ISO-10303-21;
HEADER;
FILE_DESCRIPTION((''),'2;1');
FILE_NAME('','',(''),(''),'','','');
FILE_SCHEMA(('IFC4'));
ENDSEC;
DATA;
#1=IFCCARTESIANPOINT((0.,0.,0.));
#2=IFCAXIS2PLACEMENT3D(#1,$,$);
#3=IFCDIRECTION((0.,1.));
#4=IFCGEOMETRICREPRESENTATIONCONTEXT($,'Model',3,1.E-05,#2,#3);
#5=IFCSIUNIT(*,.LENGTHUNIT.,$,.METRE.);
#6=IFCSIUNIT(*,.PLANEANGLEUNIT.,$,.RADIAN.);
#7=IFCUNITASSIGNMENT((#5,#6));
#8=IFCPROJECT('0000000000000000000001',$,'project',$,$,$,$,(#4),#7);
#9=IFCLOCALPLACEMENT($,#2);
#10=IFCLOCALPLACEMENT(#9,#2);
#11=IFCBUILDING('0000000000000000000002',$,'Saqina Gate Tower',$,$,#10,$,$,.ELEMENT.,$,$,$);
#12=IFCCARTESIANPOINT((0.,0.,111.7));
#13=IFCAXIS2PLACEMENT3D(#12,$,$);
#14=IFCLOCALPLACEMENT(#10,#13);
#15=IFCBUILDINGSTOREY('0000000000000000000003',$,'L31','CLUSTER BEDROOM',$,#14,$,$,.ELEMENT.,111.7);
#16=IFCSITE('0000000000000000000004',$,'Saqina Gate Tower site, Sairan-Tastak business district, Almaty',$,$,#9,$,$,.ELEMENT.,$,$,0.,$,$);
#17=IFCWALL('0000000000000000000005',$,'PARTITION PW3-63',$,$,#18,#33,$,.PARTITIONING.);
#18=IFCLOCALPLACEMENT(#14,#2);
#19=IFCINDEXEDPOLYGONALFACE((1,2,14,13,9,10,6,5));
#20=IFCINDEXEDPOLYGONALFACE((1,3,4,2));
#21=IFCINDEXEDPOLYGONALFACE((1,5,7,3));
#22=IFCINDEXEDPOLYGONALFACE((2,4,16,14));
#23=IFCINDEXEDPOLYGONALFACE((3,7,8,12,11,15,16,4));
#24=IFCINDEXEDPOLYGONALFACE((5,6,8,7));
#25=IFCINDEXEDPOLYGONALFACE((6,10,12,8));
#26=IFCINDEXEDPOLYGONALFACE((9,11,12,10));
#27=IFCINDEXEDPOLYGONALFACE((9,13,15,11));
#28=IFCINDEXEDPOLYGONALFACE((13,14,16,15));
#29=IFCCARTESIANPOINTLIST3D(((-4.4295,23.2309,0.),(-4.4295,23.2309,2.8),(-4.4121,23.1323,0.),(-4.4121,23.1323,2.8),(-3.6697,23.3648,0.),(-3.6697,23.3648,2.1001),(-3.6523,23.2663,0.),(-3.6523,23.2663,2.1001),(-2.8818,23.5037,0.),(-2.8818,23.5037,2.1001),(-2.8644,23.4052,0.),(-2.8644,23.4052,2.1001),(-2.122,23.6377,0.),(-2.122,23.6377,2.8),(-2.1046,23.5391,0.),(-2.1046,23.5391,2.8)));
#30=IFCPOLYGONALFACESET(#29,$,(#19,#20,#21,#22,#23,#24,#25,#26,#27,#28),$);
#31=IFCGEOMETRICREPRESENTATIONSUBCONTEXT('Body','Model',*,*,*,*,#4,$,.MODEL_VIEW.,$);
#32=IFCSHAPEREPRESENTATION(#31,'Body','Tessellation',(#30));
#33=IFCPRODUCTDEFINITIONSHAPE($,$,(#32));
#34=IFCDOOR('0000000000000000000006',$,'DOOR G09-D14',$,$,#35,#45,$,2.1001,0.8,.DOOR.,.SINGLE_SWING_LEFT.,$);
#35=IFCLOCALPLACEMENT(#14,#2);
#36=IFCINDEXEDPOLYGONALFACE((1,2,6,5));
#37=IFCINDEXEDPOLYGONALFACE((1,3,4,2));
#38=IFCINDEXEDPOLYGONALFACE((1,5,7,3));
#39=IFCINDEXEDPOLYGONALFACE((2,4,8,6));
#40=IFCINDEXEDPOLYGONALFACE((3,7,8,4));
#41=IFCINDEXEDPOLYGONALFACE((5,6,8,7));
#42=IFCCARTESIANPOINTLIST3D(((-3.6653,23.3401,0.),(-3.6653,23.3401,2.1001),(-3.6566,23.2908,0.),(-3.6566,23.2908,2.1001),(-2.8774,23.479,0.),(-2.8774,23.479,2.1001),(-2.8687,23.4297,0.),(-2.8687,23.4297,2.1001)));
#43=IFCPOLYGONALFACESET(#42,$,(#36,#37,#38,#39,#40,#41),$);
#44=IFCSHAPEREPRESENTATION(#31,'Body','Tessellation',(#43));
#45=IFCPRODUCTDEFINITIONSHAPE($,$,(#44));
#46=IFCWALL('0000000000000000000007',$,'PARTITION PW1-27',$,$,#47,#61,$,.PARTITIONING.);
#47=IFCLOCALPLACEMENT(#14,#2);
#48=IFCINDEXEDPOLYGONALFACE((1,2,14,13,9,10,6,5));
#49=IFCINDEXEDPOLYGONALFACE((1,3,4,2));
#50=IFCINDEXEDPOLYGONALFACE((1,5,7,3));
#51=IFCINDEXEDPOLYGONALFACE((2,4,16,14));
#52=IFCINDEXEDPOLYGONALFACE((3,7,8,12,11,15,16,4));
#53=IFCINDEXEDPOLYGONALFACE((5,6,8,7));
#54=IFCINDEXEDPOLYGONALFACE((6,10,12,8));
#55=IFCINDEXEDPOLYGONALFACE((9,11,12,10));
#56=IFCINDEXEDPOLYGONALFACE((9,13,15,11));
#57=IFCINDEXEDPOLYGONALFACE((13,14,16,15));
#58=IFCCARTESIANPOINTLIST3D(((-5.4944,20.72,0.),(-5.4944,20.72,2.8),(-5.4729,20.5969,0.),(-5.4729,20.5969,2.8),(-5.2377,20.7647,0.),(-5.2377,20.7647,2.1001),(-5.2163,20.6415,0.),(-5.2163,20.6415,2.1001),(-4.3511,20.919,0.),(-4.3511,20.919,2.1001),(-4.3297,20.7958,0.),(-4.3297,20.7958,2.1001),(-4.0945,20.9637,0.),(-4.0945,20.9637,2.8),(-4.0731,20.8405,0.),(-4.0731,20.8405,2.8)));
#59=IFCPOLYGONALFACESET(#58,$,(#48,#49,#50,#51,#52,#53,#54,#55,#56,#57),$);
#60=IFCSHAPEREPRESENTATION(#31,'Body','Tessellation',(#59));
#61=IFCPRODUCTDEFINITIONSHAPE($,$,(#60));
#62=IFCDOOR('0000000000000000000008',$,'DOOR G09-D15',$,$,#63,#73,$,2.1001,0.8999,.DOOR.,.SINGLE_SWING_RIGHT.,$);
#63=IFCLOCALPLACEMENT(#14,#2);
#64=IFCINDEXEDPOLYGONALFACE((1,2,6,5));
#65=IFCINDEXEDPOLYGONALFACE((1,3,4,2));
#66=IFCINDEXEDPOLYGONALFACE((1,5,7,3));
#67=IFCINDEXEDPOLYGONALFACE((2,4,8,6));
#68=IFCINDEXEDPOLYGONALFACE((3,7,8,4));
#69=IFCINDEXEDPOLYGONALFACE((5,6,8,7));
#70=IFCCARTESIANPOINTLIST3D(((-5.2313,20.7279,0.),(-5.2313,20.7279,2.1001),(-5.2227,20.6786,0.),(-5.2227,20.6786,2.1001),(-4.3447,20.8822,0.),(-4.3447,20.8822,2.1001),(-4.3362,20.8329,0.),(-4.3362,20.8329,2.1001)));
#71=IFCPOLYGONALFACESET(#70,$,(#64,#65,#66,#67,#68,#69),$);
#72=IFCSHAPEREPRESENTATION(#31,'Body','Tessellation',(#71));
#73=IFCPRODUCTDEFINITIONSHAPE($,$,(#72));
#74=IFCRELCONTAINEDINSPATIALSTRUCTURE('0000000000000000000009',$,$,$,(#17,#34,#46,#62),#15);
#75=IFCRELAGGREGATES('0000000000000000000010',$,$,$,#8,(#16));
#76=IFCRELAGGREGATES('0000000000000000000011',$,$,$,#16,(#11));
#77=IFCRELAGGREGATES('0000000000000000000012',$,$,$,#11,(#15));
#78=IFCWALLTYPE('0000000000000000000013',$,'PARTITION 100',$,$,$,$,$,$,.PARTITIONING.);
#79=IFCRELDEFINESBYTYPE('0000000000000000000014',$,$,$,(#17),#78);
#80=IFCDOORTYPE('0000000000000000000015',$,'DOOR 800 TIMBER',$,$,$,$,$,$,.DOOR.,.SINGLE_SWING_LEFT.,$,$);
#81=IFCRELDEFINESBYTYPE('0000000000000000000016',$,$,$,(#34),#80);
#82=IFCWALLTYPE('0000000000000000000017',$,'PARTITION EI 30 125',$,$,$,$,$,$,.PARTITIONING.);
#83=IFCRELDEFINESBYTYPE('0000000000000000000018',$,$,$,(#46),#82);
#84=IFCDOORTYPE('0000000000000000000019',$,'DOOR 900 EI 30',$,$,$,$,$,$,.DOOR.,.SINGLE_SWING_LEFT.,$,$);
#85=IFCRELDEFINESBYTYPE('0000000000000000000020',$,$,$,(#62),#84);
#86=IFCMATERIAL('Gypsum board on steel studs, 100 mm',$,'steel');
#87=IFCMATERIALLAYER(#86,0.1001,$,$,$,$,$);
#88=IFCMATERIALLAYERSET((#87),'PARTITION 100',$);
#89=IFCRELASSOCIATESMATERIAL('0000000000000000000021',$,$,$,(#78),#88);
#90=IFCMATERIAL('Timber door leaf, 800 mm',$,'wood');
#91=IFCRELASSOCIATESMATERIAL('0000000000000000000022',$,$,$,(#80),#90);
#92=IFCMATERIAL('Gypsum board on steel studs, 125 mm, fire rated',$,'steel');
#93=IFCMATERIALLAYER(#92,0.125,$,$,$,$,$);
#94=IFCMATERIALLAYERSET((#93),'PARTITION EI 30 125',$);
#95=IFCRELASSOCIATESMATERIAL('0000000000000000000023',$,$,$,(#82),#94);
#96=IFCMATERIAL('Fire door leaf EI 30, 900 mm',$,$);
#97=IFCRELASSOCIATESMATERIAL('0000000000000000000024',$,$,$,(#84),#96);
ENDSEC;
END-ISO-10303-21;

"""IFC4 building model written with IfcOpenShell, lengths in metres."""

from ifc_helpers import new_model, si_unit, direction, frame, frame_2d, origin, place, context, subcontext, project, spatial, rectangle, extrude, material, layer, layer_set, type_object, element, fill, save


model = new_model("IFC4")

# Units and contexts
model_context = context("Model", 3, precision=1e-05, world=origin(), true_north=direction((0.0, 1.0)))
body_context = subcontext(model_context, "Body", "Model", "MODEL_VIEW")
ifc_project = project(units=[si_unit("LENGTHUNIT", "METRE"), si_unit("PLANEANGLEUNIT", "RADIAN")], contexts=[model_context])

# Site, building, storey
site_placement = place(None, origin())
site = spatial("IfcSite", under=ifc_project, at=site_placement, Name="Saqina Gate Tower site, Sairan-Tastak business district, Almaty", CompositionType="ELEMENT", RefElevation=0.0)
building_placement = place(site_placement, origin())
building = spatial("IfcBuilding", under=site, at=building_placement, Name="Saqina Gate Tower", CompositionType="ELEMENT")
storey_placement = place(building_placement, frame((0.0, 0.0, 111.7)))
storey = spatial("IfcBuildingStorey", under=building, at=storey_placement, Name="L31", Description="CLUSTER BEDROOM", CompositionType="ELEMENT", Elevation=111.7)

# Shared definitions
ifc_material_1 = material(Name="Gypsum board on steel studs, 100 mm", Category="steel")
ifc_layer_1 = layer(ifc_material_1, 0.1001)
ifc_layer_set_1 = layer_set([ifc_layer_1], Name="PARTITION 100")
wall_type_1 = type_object("IfcWallType", Name="PARTITION 100", PredefinedType="PARTITIONING", material=ifc_layer_set_1)

# Shared definitions
ifc_material_2 = material(Name="Timber door leaf, 800 mm", Category="wood")
door_type_1 = type_object("IfcDoorType", Name="DOOR 800 TIMBER", OperationType="SINGLE_SWING_LEFT", PredefinedType="DOOR", material=ifc_material_2)

# Walls, openings, doors
wall_1_placement = place(storey_placement, frame((-4.4207, 23.1816, 0.0), z_axis=(0.0, 0.0, 1.0), x_axis=(0.984816, 0.173601, 0.0)))
wall_1 = element("IfcWall", 1, at=wall_1_placement, inside=storey, type_object=wall_type_1, Name="PARTITION PW3-63", PredefinedType="PARTITIONING", context=body_context, shape_type="SweptSolid", body=[
    extrude(rectangle(XDim=2.343, YDim=0.1001, at=frame_2d((1.1714, 0.0))), origin(), (0.0, 0.0, 1.0), 2.8),
])
opening_1_placement = place(wall_1_placement, frame((0.7715, 0.0, 0.0)))
opening_1 = element("IfcOpeningElement", 2, at=opening_1_placement, cuts=wall_1, PredefinedType="OPENING", context=body_context, shape_type="SweptSolid", body=[
    extrude(rectangle(XDim=0.8, YDim=2.1001, at=frame_2d((0.3999, 1.05))), frame((0.0, 0.062, 0.0), z_axis=(0.0, -1.0, 0.0), x_axis=(1.0, 0.0, 0.0)), (0.0, 0.0, 1.0), 0.124),
])
door_1_placement = place(opening_1_placement, origin())
door_1 = element("IfcDoor", 3, at=door_1_placement, inside=storey, type_object=door_type_1, Name="DOOR G09-D14", OperationType="SINGLE_SWING_LEFT", OverallHeight=2.1001, OverallWidth=0.8, PredefinedType="DOOR", context=body_context, shape_type="SweptSolid", body=[
    extrude(rectangle(XDim=0.8, YDim=2.1001, at=frame_2d((0.3999, 1.05))), frame((0.0, 0.0249, 0.0), z_axis=(0.0, -1.0, 0.0), x_axis=(1.0, 0.0, 0.0)), (0.0, 0.0, 1.0), 0.05),
])
fill(opening_1, door_1)
ifc_material_3 = material(Name="Gypsum board on steel studs, 125 mm, fire rated", Category="steel")
ifc_layer_2 = layer(ifc_material_3, 0.125)
ifc_layer_set_2 = layer_set([ifc_layer_2], Name="PARTITION EI 30 125")
wall_type_2 = type_object("IfcWallType", Name="PARTITION EI 30 125", PredefinedType="PARTITIONING", material=ifc_layer_set_2)
wall_2_placement = place(storey_placement, frame((-5.4836, 20.6584, 0.0), z_axis=(0.0, 0.0, 1.0), x_axis=(0.985189, 0.171472, 0.0)))
wall_2 = element("IfcWall", 4, at=wall_2_placement, inside=storey, type_object=wall_type_2, Name="PARTITION PW1-27", PredefinedType="PARTITIONING", context=body_context, shape_type="SweptSolid", body=[
    extrude(rectangle(XDim=1.4209, YDim=0.125, at=frame_2d((0.7104, 0.0))), origin(), (0.0, 0.0, 1.0), 2.8),
])
opening_2_placement = place(wall_2_placement, frame((0.2605, 0.0, 0.0)))
opening_2 = element("IfcOpeningElement", 5, at=opening_2_placement, cuts=wall_2, PredefinedType="OPENING", context=body_context, shape_type="SweptSolid", body=[
    extrude(rectangle(XDim=0.8999, YDim=2.1001, at=frame_2d((0.45, 1.05))), frame((0.0, 0.0745, 0.0), z_axis=(0.0, -1.0, 0.0), x_axis=(1.0, 0.0, 0.0)), (0.0, 0.0, 1.0), 0.1489),
])
ifc_material_4 = material(Name="Fire door leaf EI 30, 900 mm")
door_type_2 = type_object("IfcDoorType", Name="DOOR 900 EI 30", OperationType="SINGLE_SWING_LEFT", PredefinedType="DOOR", material=ifc_material_4)
door_2_placement = place(opening_2_placement, frame((0.8999, 0.0, 0.0), z_axis=(0.0, 0.0, 1.0), x_axis=(-1.0, 0.0, 0.0)))
door_2 = element("IfcDoor", 6, at=door_2_placement, inside=storey, type_object=door_type_2, Name="DOOR G09-D15", OperationType="SINGLE_SWING_RIGHT", OverallHeight=2.1001, OverallWidth=0.8999, PredefinedType="DOOR", context=body_context, shape_type="SweptSolid", body=[
    extrude(rectangle(XDim=0.8999, YDim=2.1001, at=frame_2d((0.45, 1.05))), frame((0.0, 0.0249, 0.0), z_axis=(0.0, -1.0, 0.0), x_axis=(1.0, 0.0, 0.0)), (0.0, 0.0, 1.0), 0.05),
])
fill(opening_2, door_2)

save(model, "model.ifc")
